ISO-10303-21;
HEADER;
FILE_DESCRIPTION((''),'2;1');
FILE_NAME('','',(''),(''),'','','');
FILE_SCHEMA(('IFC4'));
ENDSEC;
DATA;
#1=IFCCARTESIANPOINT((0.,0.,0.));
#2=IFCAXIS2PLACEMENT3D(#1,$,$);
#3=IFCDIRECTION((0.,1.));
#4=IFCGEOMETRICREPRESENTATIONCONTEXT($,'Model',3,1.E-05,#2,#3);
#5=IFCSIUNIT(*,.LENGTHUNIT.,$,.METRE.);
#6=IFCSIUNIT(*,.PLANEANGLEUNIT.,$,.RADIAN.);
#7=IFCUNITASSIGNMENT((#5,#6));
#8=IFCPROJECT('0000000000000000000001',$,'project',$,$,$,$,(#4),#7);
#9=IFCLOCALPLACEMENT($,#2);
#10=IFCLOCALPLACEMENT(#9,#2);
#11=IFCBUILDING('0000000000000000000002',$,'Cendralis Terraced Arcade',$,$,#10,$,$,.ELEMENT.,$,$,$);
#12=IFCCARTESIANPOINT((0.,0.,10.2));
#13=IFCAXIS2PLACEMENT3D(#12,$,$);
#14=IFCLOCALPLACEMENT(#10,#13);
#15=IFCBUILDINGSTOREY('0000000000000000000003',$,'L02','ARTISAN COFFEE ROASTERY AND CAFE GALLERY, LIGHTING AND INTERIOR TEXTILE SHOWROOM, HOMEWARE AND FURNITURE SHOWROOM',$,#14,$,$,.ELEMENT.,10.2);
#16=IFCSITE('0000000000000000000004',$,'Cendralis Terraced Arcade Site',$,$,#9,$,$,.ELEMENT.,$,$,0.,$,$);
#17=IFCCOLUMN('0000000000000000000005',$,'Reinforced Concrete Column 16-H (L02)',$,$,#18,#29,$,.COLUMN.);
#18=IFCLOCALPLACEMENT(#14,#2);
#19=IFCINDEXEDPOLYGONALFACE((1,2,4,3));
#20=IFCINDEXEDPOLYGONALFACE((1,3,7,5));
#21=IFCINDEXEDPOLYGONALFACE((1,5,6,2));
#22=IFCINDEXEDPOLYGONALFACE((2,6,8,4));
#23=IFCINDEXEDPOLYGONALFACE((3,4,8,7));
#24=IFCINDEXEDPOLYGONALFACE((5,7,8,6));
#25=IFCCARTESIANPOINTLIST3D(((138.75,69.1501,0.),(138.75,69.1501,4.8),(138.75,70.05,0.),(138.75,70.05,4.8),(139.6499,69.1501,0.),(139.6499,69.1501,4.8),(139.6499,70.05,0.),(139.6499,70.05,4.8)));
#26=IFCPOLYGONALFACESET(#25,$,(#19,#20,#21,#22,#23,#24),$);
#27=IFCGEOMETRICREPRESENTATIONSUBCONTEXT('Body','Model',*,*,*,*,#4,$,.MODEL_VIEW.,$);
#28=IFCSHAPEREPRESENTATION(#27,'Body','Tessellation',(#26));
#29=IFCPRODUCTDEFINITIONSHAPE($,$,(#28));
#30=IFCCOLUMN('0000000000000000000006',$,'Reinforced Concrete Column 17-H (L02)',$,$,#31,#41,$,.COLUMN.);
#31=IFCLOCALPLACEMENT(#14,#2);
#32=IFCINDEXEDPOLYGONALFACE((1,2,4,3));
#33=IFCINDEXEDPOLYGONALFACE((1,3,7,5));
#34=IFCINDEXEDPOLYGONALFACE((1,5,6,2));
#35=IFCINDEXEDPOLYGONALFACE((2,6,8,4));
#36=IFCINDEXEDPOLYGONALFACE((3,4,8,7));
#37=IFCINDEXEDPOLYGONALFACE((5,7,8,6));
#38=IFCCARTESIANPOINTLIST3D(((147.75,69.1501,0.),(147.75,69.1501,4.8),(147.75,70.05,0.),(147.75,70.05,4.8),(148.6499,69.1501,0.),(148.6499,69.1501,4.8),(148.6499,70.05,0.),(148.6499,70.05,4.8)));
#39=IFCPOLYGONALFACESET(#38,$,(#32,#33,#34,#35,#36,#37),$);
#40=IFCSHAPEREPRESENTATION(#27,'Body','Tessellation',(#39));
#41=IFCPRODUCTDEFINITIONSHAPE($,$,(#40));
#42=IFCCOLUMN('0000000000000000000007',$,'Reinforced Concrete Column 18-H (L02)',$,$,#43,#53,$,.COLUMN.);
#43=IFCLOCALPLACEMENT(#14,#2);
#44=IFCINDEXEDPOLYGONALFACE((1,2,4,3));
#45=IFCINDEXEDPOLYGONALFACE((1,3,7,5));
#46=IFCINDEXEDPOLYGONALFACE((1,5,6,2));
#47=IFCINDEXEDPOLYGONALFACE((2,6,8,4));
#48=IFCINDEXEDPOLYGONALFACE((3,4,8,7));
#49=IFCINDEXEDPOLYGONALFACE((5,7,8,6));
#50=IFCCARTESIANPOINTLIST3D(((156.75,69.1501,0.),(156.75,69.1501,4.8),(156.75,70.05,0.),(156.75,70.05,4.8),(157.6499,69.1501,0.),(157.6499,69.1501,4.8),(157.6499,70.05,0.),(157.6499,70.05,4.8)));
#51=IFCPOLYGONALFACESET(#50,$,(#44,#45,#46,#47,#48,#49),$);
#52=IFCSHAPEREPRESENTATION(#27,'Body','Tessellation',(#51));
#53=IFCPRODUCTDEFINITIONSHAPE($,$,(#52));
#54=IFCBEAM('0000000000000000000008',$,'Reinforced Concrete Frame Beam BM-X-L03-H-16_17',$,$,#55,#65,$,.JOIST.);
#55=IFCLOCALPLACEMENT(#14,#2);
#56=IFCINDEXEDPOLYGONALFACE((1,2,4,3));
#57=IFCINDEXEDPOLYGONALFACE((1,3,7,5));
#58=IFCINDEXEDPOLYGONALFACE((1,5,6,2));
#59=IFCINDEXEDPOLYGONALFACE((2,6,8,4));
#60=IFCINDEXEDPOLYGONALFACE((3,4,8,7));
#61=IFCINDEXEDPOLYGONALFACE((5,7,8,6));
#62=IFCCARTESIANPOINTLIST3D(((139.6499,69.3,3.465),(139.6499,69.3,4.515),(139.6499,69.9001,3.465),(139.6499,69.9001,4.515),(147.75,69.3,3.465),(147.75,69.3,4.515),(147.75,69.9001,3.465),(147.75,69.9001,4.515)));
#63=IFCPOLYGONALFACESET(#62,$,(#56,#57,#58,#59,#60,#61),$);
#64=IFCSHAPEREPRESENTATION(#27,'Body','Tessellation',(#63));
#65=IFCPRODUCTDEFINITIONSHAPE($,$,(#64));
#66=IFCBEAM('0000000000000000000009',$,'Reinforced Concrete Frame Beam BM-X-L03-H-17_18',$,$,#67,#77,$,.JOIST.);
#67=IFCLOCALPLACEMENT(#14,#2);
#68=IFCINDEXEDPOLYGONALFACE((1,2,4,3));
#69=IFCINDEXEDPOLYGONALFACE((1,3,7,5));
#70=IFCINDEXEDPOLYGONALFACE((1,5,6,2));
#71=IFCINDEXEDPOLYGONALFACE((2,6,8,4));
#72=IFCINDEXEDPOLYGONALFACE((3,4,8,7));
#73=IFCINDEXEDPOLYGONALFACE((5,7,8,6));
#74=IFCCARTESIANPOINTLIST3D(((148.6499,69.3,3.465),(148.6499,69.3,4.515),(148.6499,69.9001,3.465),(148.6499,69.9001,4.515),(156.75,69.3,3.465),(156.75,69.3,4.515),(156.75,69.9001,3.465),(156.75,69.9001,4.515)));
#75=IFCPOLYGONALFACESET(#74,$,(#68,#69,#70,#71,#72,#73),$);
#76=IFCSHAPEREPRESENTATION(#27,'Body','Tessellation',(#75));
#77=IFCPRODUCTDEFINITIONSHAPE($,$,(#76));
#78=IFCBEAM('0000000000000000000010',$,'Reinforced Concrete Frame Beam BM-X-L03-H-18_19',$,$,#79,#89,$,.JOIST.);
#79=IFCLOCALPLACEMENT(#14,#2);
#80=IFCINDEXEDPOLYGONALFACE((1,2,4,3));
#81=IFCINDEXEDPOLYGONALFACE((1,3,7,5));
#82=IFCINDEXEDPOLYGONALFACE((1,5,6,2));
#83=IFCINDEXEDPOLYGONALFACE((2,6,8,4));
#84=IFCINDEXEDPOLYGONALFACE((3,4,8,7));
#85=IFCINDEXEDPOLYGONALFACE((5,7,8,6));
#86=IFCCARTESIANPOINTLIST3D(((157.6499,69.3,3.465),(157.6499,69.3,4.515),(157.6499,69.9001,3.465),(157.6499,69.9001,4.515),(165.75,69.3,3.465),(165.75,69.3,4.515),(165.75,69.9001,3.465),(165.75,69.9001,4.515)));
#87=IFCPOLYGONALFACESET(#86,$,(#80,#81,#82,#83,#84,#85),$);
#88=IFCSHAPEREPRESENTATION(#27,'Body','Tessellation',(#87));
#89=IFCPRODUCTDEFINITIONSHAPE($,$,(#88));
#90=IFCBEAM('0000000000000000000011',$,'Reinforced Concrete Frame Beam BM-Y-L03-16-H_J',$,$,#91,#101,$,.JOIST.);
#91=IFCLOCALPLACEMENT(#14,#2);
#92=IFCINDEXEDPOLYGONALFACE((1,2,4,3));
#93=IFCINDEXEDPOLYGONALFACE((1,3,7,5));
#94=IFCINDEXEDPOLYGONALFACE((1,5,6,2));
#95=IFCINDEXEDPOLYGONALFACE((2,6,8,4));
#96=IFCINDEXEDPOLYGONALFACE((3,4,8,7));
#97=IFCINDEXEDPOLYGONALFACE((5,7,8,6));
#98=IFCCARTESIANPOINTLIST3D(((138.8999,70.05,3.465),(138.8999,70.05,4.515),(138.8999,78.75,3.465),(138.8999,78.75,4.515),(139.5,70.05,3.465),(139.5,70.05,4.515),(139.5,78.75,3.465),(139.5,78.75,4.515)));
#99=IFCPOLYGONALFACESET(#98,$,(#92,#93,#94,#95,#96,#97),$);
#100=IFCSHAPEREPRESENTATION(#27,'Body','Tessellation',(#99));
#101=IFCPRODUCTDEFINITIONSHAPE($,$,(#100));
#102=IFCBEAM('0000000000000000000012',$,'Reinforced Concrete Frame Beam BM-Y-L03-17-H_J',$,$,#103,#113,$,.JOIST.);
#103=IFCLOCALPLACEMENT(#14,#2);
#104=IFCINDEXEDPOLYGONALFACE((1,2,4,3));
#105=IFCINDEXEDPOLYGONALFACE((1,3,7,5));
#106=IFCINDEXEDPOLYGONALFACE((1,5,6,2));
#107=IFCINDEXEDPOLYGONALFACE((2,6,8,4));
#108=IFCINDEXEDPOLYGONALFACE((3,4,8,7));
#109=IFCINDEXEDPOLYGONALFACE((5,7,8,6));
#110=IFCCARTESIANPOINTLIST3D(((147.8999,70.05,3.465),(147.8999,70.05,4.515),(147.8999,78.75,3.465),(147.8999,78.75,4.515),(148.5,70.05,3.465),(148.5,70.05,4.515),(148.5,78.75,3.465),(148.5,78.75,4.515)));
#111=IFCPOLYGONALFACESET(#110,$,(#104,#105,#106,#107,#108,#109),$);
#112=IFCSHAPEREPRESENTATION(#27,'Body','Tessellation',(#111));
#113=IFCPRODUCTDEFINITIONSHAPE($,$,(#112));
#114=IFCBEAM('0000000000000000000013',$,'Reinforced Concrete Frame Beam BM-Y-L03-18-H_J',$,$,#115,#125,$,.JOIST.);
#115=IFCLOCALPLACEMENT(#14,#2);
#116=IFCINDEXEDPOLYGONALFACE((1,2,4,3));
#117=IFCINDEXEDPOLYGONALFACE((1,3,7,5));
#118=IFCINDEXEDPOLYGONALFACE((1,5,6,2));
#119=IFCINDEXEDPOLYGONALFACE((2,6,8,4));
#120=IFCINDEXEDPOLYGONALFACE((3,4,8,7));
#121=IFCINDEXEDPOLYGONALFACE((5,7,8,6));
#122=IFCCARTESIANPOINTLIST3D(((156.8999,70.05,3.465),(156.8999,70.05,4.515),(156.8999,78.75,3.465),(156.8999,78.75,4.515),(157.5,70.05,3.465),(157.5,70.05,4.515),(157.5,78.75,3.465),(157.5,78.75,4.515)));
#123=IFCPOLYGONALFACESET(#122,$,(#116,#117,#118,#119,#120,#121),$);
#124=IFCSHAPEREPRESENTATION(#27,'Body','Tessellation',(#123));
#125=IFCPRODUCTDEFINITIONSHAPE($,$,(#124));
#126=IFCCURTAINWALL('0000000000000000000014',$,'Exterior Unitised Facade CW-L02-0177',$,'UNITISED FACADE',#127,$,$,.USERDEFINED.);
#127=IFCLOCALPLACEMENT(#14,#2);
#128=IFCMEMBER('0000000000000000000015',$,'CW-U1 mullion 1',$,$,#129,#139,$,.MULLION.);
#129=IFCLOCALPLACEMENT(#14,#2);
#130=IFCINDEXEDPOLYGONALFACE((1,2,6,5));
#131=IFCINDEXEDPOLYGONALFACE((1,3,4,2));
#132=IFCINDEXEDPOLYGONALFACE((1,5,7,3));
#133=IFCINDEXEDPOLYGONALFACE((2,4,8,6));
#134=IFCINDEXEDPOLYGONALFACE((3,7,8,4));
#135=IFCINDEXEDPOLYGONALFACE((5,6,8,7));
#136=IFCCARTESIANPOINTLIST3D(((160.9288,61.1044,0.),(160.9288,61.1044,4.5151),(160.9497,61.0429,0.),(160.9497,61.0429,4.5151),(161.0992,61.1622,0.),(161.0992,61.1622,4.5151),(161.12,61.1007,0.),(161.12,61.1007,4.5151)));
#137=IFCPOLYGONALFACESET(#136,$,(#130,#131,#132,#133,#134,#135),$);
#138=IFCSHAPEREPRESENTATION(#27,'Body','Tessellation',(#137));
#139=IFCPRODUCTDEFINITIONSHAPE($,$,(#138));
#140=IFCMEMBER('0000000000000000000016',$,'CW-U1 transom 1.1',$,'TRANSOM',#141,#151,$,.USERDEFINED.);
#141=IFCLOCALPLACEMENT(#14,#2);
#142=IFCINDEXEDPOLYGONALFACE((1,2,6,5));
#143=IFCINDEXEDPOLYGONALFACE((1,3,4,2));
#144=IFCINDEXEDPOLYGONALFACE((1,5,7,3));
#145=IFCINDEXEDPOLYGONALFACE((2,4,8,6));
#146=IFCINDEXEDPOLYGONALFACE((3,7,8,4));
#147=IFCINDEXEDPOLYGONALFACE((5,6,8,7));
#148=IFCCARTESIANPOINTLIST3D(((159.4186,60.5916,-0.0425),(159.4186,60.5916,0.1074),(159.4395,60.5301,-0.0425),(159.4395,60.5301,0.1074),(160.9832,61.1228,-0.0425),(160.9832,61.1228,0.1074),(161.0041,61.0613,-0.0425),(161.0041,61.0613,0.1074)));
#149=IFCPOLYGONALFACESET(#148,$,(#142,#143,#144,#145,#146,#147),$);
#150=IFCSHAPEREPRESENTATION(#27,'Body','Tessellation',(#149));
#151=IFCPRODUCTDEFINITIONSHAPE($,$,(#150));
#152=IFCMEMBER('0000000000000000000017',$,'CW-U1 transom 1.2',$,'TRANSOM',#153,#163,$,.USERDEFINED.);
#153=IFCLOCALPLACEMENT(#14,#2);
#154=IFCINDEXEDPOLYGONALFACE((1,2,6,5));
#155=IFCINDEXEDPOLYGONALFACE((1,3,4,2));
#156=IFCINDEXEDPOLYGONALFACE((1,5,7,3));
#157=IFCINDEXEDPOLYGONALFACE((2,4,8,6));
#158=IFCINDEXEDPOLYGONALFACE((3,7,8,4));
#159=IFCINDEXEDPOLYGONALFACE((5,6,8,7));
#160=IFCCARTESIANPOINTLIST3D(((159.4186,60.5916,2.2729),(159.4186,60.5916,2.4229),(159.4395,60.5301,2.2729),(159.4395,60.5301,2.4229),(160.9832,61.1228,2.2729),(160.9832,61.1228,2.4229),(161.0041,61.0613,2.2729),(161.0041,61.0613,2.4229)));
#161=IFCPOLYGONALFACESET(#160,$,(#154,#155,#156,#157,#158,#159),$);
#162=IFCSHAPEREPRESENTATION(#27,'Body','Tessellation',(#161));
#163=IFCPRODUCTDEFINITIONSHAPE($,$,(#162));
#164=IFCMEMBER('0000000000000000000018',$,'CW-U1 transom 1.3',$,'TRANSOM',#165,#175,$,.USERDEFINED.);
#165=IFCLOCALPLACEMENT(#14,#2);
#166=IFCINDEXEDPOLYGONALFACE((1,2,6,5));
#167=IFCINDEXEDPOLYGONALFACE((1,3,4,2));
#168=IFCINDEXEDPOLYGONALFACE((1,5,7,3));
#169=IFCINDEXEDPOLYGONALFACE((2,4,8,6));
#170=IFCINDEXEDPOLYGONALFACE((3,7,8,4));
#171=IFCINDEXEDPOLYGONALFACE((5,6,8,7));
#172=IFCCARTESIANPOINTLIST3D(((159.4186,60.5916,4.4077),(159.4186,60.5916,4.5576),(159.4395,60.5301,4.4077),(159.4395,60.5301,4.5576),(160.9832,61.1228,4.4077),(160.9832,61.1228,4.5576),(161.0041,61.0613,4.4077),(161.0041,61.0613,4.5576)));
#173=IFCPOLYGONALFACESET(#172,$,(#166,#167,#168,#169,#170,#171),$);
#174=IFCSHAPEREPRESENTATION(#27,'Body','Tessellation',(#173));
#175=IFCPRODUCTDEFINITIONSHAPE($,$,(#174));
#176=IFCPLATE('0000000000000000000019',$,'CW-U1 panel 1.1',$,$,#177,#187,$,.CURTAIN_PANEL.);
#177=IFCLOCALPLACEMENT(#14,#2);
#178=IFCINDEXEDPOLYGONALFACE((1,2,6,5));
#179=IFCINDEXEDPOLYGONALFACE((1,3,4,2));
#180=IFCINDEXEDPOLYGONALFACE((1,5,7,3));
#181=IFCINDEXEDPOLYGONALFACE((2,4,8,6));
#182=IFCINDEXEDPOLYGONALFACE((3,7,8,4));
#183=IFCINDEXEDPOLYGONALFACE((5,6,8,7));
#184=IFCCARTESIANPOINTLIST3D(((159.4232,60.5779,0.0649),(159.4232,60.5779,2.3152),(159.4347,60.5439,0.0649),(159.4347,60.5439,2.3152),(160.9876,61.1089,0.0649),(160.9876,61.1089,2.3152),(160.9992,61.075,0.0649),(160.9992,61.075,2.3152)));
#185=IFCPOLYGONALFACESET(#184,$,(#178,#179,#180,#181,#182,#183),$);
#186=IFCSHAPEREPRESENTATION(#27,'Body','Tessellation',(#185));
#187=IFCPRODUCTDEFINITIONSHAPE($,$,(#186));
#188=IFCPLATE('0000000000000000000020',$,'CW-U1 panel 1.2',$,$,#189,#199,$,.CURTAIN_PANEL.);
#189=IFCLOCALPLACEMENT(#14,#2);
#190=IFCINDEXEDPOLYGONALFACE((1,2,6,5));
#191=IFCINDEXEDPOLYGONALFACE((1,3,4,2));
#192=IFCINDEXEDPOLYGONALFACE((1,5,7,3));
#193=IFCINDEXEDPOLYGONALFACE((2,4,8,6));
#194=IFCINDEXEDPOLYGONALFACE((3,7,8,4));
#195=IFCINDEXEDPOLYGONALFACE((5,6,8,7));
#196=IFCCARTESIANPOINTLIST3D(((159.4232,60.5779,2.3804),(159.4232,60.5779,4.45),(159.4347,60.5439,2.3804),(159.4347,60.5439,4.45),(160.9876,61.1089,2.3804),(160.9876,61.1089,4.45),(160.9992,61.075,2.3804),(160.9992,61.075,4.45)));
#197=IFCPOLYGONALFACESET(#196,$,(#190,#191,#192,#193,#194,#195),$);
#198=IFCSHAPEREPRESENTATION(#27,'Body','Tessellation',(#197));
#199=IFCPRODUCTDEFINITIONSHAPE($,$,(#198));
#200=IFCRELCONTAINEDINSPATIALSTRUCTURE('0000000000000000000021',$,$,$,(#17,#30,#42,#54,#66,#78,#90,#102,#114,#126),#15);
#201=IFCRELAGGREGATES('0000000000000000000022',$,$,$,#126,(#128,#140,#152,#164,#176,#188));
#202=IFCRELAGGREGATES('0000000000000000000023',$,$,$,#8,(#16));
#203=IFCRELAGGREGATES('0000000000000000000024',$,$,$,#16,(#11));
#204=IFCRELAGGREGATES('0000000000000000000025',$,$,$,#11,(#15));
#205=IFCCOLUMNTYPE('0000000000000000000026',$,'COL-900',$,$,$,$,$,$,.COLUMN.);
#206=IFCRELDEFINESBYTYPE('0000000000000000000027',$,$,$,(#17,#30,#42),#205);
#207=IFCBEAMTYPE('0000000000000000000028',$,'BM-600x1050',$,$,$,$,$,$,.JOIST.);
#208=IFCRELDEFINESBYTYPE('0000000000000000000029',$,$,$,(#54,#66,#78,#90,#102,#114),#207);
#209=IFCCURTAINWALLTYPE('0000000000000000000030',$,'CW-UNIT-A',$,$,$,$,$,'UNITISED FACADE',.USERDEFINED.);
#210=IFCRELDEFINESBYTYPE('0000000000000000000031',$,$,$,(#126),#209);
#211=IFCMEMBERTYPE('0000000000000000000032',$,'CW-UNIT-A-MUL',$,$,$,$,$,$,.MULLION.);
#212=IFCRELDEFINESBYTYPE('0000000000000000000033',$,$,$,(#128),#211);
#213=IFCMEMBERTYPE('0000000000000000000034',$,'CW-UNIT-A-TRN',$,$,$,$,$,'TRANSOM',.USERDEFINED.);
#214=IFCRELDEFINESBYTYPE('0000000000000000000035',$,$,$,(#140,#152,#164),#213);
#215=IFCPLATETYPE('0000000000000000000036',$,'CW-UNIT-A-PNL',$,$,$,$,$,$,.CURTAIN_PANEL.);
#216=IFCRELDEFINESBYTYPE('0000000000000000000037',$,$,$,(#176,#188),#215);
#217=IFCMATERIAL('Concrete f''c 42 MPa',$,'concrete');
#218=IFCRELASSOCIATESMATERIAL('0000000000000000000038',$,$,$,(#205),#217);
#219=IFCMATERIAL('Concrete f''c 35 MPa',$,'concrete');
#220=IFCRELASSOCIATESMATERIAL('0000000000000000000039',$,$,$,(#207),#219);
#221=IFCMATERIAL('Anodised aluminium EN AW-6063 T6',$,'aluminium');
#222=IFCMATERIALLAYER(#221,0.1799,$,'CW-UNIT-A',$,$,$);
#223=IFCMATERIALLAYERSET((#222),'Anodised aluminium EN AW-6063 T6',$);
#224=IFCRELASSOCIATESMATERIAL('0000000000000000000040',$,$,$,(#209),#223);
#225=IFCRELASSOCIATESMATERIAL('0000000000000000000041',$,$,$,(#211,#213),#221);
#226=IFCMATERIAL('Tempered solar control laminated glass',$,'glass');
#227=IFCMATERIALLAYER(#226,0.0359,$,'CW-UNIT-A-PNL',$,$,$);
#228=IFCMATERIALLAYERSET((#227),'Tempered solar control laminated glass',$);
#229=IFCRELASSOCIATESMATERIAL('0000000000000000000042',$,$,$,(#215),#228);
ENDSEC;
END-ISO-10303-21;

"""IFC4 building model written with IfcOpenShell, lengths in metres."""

from ifc_helpers import new_model, si_unit, direction, frame, origin, origin_2d, place, context, subcontext, project, spatial, rectangle, extrude, material, layer, layer_set, material_profile, profile_set, type_object, element, aggregate, save


model = new_model("IFC4")

# Units and contexts
model_context = context("Model", 3, precision=1e-05, world=origin(), true_north=direction((0.0, 1.0)))
body_context = subcontext(model_context, "Body", "Model", "MODEL_VIEW")
ifc_project = project(units=[si_unit("LENGTHUNIT", "METRE"), si_unit("PLANEANGLEUNIT", "RADIAN")], contexts=[model_context])

# Site, building, storey
site_placement = place(None, origin())
site = spatial("IfcSite", under=ifc_project, at=site_placement, Name="Cendralis Terraced Arcade Site", CompositionType="ELEMENT", RefElevation=0.0)
building_placement = place(site_placement, origin())
building = spatial("IfcBuilding", under=site, at=building_placement, Name="Cendralis Terraced Arcade", CompositionType="ELEMENT")
storey_placement = place(building_placement, frame((0.0, 0.0, 10.2)))
storey = spatial("IfcBuildingStorey", under=building, at=storey_placement, Name="L02", Description="ARTISAN COFFEE ROASTERY AND CAFE GALLERY, LIGHTING AND INTERIOR TEXTILE SHOWROOM, HOMEWARE AND FURNITURE SHOWROOM", CompositionType="ELEMENT", Elevation=10.2)

# Columns
ifc_material_1 = material(Name="Concrete f'c 42 MPa", Category="concrete")
ifc_material_profile_1 = material_profile(ifc_material_1, rectangle(XDim=0.8999, YDim=0.8999, at=origin_2d()), Name="RC-COL-900x900", Category="LoadBearing")
ifc_profile_set_1 = profile_set([ifc_material_profile_1], Name="Concrete f'c 42 MPa")
column_type = type_object("IfcColumnType", Name="COL-900", PredefinedType="COLUMN", material=ifc_profile_set_1)
for number, where, z_axis, x_axis, name in (
    (1, (139.2, 69.6001, 0.0), (0.0, 0.0, 1.0), (1.0, 0.0, 0.0), "Reinforced Concrete Column 16-H (L02)"),
    (2, (148.2, 69.6001, 0.0), (0.0, 0.0, 1.0), (1.0, 0.0, 0.0), "Reinforced Concrete Column 17-H (L02)"),
    (3, (157.2, 69.6001, 0.0), (0.0, 0.0, 1.0), (1.0, 0.0, 0.0), "Reinforced Concrete Column 18-H (L02)"),
):
    element("IfcColumn", number, at=place(storey_placement, frame(where, z_axis=z_axis, x_axis=x_axis)), inside=storey, type_object=column_type, Name=name, PredefinedType="COLUMN", context=body_context, shape_type="SweptSolid", body=[
        extrude(rectangle(XDim=0.8999, YDim=0.8999, at=origin_2d()), origin(), (0.0, 0.0, 1.0), 4.8),
    ])

# Beams
ifc_material_2 = material(Name="Concrete f'c 35 MPa", Category="concrete")
ifc_material_profile_2 = material_profile(ifc_material_2, rectangle(XDim=0.6001, YDim=1.05, at=origin_2d()), Name="RC-BM-600x1050", Category="LoadBearing")
ifc_profile_set_2 = profile_set([ifc_material_profile_2], Name="Concrete f'c 35 MPa")
beam_type = type_object("IfcBeamType", Name="BM-600x1050", PredefinedType="JOIST", material=ifc_profile_set_2)
for number, where, z_axis, x_axis, name in (
    (4, (139.6499, 69.6001, 3.99), (1.0, 0.0, 0.0), (0.0, 1.0, 0.0), "Reinforced Concrete Frame Beam BM-X-L03-H-16_17"),
    (5, (148.6499, 69.6001, 3.99), (1.0, 0.0, 0.0), (0.0, 1.0, 0.0), "Reinforced Concrete Frame Beam BM-X-L03-H-17_18"),
    (6, (157.6499, 69.6001, 3.99), (1.0, 0.0, 0.0), (0.0, 1.0, 0.0), "Reinforced Concrete Frame Beam BM-X-L03-H-18_19"),
):
    element("IfcBeam", number, at=place(storey_placement, frame(where, z_axis=z_axis, x_axis=x_axis)), inside=storey, type_object=beam_type, Name=name, PredefinedType="JOIST", context=body_context, shape_type="SweptSolid", body=[
        extrude(rectangle(XDim=0.6001, YDim=1.05, at=origin_2d()), origin(), (0.0, 0.0, 1.0), 8.1001),
    ])
for number, where, z_axis, x_axis, name in (
    (7, (139.2, 70.05, 3.99), (0.0, 1.0, 0.0), (-1.0, 0.0, 0.0), "Reinforced Concrete Frame Beam BM-Y-L03-16-H_J"),
    (8, (148.2, 70.05, 3.99), (0.0, 1.0, 0.0), (-1.0, 0.0, 0.0), "Reinforced Concrete Frame Beam BM-Y-L03-17-H_J"),
    (9, (157.2, 70.05, 3.99), (0.0, 1.0, 0.0), (-1.0, 0.0, 0.0), "Reinforced Concrete Frame Beam BM-Y-L03-18-H_J"),
):
    element("IfcBeam", number, at=place(storey_placement, frame(where, z_axis=z_axis, x_axis=x_axis)), inside=storey, type_object=beam_type, Name=name, PredefinedType="JOIST", context=body_context, shape_type="SweptSolid", body=[
        extrude(rectangle(XDim=0.6001, YDim=1.05, at=origin_2d()), origin(), (0.0, 0.0, 1.0), 8.7),
    ])

# Curtain wall, members, plates
ifc_material_3 = material(Name="Anodised aluminium EN AW-6063 T6", Category="aluminium")
ifc_layer_1 = layer(ifc_material_3, 0.1799, Name="CW-UNIT-A")
ifc_layer_set_1 = layer_set([ifc_layer_1], Name="Anodised aluminium EN AW-6063 T6")
curtain_wall_type = type_object("IfcCurtainWallType", Name="CW-UNIT-A", ElementType="UNITISED FACADE", PredefinedType="USERDEFINED", material=ifc_layer_set_1)
curtain_wall_placement = place(storey_placement, origin())
curtain_wall = element("IfcCurtainWall", 10, at=curtain_wall_placement, inside=storey, type_object=curtain_wall_type, Name="Exterior Unitised Facade CW-L02-0177", ObjectType="UNITISED FACADE", PredefinedType="USERDEFINED")
ifc_material_profile_3 = material_profile(ifc_material_3, rectangle(XDim=0.0649, YDim=0.1799, at=origin_2d()), Name="ALU-MUL-65x180")
ifc_profile_set_3 = profile_set([ifc_material_profile_3], Name="Anodised aluminium EN AW-6063 T6")
member_type_1 = type_object("IfcMemberType", Name="CW-UNIT-A-MUL", PredefinedType="MULLION", material=ifc_profile_set_3)
member_1_placement = place(storey_placement, frame((161.0244, 61.1025, 0.0), z_axis=(0.0, 0.0, 1.0), x_axis=(0.321458, -0.946924, 0.0)))
member_1 = element("IfcMember", 11, at=member_1_placement, type_object=member_type_1, Name="CW-U1 mullion 1", PredefinedType="MULLION", context=body_context, shape_type="SweptSolid", body=[
    extrude(rectangle(XDim=0.0649, YDim=0.1799, at=origin_2d()), origin(), (0.0, 0.0, 1.0), 4.5151),
])
ifc_material_profile_4 = material_profile(ifc_material_3, rectangle(XDim=0.0649, YDim=0.1499, at=origin_2d()), Name="ALU-TRN-65x150")
ifc_profile_set_4 = profile_set([ifc_material_profile_4], Name="Anodised aluminium EN AW-6063 T6")
member_type_2 = type_object("IfcMemberType", Name="CW-UNIT-A-TRN", ElementType="TRANSOM", PredefinedType="USERDEFINED", material=ifc_profile_set_4)
member_2_placement = place(storey_placement, frame((160.9937, 61.092, 0.0325), z_axis=(-0.94691, -0.321497, 0.0), x_axis=(0.321497, -0.94691, 0.0)))
member_2 = element("IfcMember", 12, at=member_2_placement, type_object=member_type_2, Name="CW-U1 transom 1.1", ObjectType="TRANSOM", PredefinedType="USERDEFINED", context=body_context, shape_type="SweptSolid", body=[
    extrude(rectangle(XDim=0.0649, YDim=0.1499, at=origin_2d()), origin(), (0.0, 0.0, 1.0), 1.6523),
])
member_3_placement = place(storey_placement, frame((160.9937, 61.092, 2.3479), z_axis=(-0.94691, -0.321497, 0.0), x_axis=(0.321497, -0.94691, 0.0)))
member_3 = element("IfcMember", 13, at=member_3_placement, type_object=member_type_2, Name="CW-U1 transom 1.2", ObjectType="TRANSOM", PredefinedType="USERDEFINED", context=body_context, shape_type="SweptSolid", body=[
    extrude(rectangle(XDim=0.0649, YDim=0.1499, at=origin_2d()), origin(), (0.0, 0.0, 1.0), 1.6523),
])
member_4_placement = place(storey_placement, frame((160.9937, 61.092, 4.4827), z_axis=(-0.94691, -0.321497, 0.0), x_axis=(0.321497, -0.94691, 0.0)))
member_4 = element("IfcMember", 14, at=member_4_placement, type_object=member_type_2, Name="CW-U1 transom 1.3", ObjectType="TRANSOM", PredefinedType="USERDEFINED", context=body_context, shape_type="SweptSolid", body=[
    extrude(rectangle(XDim=0.0649, YDim=0.1499, at=origin_2d()), origin(), (0.0, 0.0, 1.0), 1.6523),
])
ifc_material_4 = material(Name="Tempered solar control laminated glass", Category="glass")
ifc_layer_2 = layer(ifc_material_4, 0.0359, Name="CW-UNIT-A-PNL")
ifc_layer_set_2 = layer_set([ifc_layer_2], Name="Tempered solar control laminated glass")
plate_type = type_object("IfcPlateType", Name="CW-UNIT-A-PNL", PredefinedType="CURTAIN_PANEL", material=ifc_layer_set_2)
plate_1_placement = place(storey_placement, frame((160.2112, 60.8264, 0.0649), z_axis=(0.0, 0.0, 1.0), x_axis=(-0.946924, -0.321458, 0.0)))
plate_1 = element("IfcPlate", 15, at=plate_1_placement, type_object=plate_type, Name="CW-U1 panel 1.1", PredefinedType="CURTAIN_PANEL", context=body_context, shape_type="SweptSolid", body=[
    extrude(rectangle(XDim=1.6521, YDim=0.0359, at=origin_2d()), origin(), (0.0, 0.0, 1.0), 2.2502),
])
plate_2_placement = place(storey_placement, frame((160.2112, 60.8264, 2.3804), z_axis=(0.0, 0.0, 1.0), x_axis=(-0.946924, -0.321458, 0.0)))
plate_2 = element("IfcPlate", 16, at=plate_2_placement, type_object=plate_type, Name="CW-U1 panel 1.2", PredefinedType="CURTAIN_PANEL", context=body_context, shape_type="SweptSolid", body=[
    extrude(rectangle(XDim=1.6521, YDim=0.0359, at=origin_2d()), origin(), (0.0, 0.0, 1.0), 2.0696),
])
aggregate(curtain_wall, [member_1, member_2, member_3, member_4, plate_1, plate_2])

save(model, "model.ifc")
